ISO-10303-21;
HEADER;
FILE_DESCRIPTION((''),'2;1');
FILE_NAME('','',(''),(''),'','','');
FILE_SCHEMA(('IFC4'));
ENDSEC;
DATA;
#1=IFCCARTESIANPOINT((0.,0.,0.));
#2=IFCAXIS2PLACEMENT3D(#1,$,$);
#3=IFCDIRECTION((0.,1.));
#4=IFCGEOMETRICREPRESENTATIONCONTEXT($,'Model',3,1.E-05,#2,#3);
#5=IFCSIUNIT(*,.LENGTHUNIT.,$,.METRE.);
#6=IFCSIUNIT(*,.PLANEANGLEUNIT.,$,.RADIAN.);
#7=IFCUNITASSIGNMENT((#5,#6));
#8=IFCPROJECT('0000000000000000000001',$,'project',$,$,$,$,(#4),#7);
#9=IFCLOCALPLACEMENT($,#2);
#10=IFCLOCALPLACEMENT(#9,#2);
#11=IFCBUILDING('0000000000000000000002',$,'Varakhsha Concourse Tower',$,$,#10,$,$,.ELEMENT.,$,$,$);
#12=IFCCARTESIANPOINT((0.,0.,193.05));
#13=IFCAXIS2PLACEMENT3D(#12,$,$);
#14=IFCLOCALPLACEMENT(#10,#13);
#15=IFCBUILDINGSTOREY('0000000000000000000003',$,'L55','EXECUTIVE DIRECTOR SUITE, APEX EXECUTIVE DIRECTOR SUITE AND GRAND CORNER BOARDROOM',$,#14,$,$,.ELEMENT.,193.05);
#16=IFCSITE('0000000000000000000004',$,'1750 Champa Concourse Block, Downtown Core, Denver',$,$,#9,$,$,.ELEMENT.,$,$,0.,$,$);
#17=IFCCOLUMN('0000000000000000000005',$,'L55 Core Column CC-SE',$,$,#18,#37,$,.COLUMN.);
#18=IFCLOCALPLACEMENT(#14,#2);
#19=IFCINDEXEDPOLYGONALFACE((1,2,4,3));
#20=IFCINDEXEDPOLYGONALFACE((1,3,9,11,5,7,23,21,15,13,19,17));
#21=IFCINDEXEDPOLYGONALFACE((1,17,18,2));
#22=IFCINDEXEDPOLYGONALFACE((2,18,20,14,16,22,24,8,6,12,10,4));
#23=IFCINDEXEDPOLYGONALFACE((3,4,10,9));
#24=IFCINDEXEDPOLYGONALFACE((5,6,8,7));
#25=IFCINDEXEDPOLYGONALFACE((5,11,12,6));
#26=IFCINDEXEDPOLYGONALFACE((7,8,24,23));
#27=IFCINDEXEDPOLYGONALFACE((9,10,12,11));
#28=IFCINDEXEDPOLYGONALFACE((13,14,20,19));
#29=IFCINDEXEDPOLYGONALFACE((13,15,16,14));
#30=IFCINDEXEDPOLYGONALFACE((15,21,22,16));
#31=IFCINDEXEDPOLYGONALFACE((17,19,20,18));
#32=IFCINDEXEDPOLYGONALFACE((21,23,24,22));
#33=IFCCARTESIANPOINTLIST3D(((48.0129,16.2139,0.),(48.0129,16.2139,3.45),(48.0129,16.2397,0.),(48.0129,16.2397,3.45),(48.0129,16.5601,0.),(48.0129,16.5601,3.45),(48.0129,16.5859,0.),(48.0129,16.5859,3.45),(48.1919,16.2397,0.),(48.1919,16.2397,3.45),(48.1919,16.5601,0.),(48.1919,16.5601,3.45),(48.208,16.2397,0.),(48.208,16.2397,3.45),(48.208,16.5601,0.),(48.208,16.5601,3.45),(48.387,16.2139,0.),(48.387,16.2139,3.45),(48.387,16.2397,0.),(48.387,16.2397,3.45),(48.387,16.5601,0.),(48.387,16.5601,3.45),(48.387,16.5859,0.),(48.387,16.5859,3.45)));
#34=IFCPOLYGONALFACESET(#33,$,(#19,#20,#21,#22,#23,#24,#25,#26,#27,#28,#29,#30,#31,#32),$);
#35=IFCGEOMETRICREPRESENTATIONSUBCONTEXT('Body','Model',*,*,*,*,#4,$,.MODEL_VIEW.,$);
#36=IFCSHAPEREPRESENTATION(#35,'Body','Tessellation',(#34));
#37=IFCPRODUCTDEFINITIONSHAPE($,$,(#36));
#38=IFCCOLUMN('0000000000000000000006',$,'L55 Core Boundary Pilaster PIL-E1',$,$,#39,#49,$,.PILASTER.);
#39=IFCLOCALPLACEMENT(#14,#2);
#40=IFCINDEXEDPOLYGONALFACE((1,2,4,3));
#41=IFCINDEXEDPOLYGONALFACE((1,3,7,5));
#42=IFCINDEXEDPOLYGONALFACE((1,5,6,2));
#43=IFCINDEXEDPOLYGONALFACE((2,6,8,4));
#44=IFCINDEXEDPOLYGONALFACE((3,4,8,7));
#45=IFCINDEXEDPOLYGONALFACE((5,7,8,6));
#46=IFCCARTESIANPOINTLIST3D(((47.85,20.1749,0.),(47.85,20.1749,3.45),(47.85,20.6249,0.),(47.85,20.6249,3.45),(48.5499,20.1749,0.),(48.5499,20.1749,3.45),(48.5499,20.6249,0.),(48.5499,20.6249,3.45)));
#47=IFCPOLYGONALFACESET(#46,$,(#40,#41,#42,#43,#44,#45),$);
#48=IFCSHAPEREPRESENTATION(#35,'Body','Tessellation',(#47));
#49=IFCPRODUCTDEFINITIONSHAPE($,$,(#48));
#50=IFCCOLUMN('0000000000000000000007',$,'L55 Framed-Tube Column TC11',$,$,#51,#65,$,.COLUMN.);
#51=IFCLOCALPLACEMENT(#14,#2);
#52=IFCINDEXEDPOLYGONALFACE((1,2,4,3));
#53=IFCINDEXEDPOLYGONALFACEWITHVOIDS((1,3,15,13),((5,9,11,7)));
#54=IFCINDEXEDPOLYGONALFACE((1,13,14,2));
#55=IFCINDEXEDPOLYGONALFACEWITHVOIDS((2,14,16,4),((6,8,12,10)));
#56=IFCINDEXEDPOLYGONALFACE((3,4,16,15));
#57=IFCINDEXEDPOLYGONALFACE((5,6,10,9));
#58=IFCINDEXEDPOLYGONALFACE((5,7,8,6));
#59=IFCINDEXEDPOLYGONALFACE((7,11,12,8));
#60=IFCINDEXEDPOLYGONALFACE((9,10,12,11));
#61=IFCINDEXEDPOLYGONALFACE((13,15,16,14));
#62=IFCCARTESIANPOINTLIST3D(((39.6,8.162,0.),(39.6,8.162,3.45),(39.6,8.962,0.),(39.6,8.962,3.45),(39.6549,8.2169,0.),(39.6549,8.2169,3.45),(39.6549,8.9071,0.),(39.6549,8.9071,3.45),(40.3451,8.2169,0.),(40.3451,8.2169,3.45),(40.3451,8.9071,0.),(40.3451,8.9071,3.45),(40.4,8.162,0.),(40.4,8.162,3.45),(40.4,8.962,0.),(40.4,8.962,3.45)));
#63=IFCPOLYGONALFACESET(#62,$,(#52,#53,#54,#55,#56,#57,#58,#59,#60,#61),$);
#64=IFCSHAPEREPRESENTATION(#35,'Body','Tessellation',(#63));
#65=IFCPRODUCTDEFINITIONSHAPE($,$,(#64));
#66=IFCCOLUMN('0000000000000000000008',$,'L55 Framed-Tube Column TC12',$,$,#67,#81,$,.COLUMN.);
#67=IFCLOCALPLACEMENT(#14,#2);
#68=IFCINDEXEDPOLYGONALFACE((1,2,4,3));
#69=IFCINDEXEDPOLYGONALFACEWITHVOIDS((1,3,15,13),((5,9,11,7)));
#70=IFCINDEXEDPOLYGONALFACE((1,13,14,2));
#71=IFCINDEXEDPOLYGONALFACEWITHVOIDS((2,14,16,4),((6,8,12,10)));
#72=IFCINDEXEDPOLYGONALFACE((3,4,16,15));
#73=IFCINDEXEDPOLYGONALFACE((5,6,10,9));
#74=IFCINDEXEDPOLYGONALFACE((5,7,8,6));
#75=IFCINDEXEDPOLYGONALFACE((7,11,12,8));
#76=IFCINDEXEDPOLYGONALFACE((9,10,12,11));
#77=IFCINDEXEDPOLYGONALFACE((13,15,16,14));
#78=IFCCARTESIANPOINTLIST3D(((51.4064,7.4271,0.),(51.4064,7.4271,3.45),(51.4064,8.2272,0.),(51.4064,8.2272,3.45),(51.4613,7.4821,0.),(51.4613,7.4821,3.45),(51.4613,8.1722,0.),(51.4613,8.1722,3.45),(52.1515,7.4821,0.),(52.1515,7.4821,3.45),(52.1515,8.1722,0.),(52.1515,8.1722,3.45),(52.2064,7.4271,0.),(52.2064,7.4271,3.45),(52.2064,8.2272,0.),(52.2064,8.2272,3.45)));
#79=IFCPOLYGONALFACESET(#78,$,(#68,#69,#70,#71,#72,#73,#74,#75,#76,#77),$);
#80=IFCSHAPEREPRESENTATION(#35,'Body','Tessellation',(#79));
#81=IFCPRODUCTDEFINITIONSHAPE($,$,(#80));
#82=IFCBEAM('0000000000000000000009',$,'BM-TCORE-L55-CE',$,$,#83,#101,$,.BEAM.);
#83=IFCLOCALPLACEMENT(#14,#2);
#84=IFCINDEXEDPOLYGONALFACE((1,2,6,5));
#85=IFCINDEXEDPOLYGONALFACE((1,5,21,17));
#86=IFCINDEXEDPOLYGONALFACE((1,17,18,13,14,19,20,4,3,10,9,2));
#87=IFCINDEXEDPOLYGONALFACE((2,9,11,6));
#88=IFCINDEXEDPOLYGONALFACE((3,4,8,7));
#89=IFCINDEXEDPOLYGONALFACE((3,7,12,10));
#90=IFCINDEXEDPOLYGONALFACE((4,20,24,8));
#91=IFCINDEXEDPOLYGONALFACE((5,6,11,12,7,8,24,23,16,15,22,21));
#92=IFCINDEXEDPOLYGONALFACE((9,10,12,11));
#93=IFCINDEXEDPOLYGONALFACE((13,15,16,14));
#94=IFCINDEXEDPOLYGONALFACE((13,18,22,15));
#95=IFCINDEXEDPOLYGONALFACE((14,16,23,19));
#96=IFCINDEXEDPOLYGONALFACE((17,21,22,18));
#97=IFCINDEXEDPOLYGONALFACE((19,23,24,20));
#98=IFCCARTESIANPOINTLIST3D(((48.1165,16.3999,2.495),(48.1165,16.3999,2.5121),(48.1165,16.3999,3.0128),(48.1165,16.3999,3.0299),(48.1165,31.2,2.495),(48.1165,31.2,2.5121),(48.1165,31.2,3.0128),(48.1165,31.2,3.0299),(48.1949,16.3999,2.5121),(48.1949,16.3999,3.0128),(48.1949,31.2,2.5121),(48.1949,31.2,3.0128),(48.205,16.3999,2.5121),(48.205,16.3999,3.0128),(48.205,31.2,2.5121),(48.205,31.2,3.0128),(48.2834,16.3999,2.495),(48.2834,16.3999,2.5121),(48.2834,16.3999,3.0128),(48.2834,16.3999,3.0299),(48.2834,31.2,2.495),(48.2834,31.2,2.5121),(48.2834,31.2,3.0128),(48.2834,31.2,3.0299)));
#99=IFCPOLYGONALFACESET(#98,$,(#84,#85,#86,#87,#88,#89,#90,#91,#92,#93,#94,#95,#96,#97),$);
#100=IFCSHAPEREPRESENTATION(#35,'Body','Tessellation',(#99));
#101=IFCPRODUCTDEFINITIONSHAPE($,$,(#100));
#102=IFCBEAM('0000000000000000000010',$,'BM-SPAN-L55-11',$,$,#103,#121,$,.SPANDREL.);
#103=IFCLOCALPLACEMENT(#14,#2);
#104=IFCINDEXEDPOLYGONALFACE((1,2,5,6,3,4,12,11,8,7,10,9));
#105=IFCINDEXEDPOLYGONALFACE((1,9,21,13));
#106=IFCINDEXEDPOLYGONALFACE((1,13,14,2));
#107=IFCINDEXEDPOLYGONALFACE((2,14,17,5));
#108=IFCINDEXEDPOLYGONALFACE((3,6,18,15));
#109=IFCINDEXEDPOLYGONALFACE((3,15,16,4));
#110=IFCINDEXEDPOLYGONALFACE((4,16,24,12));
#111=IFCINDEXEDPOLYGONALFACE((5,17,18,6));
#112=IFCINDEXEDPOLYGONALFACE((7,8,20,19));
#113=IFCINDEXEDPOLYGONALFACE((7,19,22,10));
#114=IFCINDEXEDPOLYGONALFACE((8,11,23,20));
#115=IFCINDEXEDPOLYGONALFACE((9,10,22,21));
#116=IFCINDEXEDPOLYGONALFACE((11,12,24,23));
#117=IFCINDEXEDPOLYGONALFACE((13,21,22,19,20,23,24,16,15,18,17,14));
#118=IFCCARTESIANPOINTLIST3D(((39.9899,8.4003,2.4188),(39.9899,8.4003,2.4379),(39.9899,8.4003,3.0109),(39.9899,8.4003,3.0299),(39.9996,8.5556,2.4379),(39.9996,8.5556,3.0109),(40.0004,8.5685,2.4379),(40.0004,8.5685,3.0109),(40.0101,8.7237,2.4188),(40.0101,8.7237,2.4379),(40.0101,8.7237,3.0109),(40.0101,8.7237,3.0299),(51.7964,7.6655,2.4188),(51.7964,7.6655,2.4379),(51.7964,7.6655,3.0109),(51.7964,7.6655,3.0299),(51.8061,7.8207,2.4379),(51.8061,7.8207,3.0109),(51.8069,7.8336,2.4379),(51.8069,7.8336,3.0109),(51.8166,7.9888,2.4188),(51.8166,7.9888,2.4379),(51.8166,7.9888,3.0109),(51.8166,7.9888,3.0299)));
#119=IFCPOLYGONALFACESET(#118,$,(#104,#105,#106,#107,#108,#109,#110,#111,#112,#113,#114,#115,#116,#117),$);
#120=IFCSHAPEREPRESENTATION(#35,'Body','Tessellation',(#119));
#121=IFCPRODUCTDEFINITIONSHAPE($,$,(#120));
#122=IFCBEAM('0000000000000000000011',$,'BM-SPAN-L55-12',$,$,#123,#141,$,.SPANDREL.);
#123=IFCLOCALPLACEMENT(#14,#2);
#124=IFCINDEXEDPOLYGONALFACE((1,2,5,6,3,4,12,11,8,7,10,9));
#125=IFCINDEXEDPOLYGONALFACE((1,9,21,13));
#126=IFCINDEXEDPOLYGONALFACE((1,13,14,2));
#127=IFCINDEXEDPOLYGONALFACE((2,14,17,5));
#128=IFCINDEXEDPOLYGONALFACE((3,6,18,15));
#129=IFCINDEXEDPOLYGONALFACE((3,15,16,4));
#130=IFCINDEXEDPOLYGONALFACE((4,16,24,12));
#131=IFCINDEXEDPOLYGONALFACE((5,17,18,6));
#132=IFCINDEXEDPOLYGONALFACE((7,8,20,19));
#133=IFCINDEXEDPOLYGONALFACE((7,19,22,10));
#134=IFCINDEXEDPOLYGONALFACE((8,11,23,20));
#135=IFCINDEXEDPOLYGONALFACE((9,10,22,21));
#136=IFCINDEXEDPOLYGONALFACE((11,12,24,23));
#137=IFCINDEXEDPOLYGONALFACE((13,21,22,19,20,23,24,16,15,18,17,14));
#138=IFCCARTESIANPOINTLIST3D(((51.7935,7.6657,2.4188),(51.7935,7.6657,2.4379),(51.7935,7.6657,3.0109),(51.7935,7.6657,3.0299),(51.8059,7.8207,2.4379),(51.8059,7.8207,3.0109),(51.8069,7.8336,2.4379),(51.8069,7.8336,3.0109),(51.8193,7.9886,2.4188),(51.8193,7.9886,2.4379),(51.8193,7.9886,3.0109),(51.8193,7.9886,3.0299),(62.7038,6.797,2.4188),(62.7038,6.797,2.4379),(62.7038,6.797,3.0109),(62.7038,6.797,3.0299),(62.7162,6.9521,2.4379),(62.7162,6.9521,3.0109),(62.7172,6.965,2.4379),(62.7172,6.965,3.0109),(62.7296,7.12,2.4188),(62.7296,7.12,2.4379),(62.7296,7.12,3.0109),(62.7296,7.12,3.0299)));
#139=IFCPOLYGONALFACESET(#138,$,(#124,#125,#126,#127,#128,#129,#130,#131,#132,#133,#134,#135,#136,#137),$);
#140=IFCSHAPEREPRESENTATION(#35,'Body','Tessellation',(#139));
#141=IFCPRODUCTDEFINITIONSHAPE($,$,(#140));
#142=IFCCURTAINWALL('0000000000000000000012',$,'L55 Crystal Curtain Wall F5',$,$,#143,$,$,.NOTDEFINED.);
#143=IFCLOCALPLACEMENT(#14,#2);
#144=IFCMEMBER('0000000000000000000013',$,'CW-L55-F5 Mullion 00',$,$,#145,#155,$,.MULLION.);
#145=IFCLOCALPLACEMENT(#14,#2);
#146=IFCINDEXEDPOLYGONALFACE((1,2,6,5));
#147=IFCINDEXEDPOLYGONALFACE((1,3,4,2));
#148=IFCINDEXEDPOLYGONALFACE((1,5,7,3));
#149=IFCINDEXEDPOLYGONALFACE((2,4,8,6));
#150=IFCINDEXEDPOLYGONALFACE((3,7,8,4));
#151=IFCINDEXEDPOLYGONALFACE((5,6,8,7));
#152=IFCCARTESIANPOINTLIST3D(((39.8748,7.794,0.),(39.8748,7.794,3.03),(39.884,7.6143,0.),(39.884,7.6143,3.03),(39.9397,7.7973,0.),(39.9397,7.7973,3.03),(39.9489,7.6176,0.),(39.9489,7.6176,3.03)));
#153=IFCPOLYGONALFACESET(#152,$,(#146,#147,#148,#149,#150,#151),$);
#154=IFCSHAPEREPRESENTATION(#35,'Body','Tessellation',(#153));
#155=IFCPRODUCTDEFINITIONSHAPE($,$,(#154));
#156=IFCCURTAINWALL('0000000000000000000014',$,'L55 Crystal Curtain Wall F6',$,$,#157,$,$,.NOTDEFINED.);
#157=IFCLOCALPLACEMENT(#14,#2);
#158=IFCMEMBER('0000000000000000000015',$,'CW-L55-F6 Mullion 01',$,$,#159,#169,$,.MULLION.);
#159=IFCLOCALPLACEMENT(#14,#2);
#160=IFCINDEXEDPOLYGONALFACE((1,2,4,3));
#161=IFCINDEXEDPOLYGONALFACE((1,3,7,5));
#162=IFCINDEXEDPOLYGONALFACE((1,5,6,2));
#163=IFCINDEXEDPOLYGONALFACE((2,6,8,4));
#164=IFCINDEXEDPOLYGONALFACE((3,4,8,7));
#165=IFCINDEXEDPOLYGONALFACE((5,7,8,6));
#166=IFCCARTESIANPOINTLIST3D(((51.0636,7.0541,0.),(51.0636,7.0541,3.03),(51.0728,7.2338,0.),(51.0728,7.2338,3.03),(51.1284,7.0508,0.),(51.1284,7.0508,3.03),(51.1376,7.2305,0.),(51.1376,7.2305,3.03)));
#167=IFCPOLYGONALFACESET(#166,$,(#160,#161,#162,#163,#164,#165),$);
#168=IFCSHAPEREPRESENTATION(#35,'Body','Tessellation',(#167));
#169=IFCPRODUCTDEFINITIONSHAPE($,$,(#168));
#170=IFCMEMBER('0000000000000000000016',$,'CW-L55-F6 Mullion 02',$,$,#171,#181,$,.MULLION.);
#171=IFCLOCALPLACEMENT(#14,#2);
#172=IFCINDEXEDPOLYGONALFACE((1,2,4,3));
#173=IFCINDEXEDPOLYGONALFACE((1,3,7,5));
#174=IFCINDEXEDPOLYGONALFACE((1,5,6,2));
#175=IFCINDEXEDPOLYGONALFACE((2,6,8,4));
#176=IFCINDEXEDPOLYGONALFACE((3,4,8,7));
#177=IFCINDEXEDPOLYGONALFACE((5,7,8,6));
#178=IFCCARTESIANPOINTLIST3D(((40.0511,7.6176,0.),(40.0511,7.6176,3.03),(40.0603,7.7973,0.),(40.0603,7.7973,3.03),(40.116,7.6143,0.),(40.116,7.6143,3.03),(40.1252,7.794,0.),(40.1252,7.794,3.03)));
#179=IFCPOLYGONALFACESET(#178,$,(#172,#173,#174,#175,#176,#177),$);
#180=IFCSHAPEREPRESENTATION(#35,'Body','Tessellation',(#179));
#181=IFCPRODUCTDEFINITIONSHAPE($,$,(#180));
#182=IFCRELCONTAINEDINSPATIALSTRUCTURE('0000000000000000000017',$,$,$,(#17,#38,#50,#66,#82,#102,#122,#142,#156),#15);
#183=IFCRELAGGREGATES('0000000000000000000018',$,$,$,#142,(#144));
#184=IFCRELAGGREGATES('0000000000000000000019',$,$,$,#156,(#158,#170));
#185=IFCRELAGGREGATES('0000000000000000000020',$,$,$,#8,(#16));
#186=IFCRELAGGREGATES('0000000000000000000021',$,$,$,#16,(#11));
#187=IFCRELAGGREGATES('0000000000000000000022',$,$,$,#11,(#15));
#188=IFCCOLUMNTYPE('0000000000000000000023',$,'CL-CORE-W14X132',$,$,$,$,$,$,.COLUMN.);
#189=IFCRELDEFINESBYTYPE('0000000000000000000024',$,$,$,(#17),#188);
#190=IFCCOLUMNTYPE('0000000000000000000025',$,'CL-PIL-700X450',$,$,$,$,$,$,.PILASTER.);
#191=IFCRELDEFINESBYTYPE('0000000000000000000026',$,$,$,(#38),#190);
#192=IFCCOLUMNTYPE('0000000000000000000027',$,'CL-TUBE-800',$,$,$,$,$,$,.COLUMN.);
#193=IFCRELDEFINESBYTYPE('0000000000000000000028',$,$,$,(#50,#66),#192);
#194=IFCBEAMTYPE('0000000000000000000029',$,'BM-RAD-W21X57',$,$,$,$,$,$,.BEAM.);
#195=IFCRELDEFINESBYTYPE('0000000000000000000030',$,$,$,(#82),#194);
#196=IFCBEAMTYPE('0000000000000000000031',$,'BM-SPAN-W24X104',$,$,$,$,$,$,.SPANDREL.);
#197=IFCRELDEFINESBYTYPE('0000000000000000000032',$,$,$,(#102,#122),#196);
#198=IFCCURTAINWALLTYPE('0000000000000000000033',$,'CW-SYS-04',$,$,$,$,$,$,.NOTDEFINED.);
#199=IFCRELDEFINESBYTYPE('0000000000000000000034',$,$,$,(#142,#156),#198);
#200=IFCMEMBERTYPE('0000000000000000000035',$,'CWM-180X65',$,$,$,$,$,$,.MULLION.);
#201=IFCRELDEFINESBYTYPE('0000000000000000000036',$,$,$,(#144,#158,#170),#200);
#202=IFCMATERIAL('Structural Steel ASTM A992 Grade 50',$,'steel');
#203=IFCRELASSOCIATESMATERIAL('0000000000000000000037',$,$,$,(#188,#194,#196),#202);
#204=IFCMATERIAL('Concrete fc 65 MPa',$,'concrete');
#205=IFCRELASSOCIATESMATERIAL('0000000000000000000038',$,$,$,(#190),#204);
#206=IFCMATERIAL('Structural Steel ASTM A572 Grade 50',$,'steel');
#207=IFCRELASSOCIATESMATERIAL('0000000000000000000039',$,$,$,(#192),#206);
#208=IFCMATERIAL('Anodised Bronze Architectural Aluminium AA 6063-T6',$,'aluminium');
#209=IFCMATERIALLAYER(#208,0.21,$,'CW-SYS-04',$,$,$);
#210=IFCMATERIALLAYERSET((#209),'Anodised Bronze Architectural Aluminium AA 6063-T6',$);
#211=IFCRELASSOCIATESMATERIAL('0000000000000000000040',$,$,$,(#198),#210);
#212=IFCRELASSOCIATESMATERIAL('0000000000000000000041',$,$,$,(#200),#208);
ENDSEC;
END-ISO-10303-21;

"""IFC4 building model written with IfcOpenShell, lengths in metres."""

from ifc_helpers import new_model, si_unit, direction, frame, origin, origin_2d, place, context, subcontext, project, spatial, rectangle, hollow_rectangle, i_section, extrude, source, transform, mapped, material, layer, layer_set, material_profile, profile_set, type_object, type_shapes, element, aggregate, save


model = new_model("IFC4")

# Units and contexts
model_context = context("Model", 3, precision=1e-05, world=origin(), true_north=direction((0.0, 1.0)))
body_context = subcontext(model_context, "Body", "Model", "MODEL_VIEW")
ifc_project = project(units=[si_unit("LENGTHUNIT", "METRE"), si_unit("PLANEANGLEUNIT", "RADIAN")], contexts=[model_context])

# Site, building, storey
site_placement = place(None, origin())
site = spatial("IfcSite", under=ifc_project, at=site_placement, Name="1750 Champa Concourse Block, Downtown Core, Denver", CompositionType="ELEMENT", RefElevation=0.0)
building_placement = place(site_placement, origin())
building = spatial("IfcBuilding", under=site, at=building_placement, Name="Varakhsha Concourse Tower", CompositionType="ELEMENT")
storey_placement = place(building_placement, frame((0.0, 0.0, 193.05)))
storey = spatial("IfcBuildingStorey", under=building, at=storey_placement, Name="L55", Description="EXECUTIVE DIRECTOR SUITE, APEX EXECUTIVE DIRECTOR SUITE AND GRAND CORNER BOARDROOM", CompositionType="ELEMENT", Elevation=193.05)

# Columns
ifc_material_1 = material(Name="Structural Steel ASTM A992 Grade 50", Category="steel")
ifc_material_profile_1 = material_profile(ifc_material_1, i_section(OverallWidth=0.374, OverallDepth=0.3721, WebThickness=0.0161, FlangeThickness=0.0259, at=origin_2d()), Name="W14X132")
ifc_profile_set_1 = profile_set([ifc_material_profile_1], Name="Structural Steel ASTM A992 Grade 50")
column_type_1 = type_object("IfcColumnType", Name="CL-CORE-W14X132", PredefinedType="COLUMN", material=ifc_profile_set_1)
column_1_placement = place(storey_placement, frame((48.2, 16.3999, 0.0), z_axis=(0.0, 0.0, 1.0), x_axis=(1.0, 0.0, 0.0)))
element("IfcColumn", 1, at=column_1_placement, inside=storey, type_object=column_type_1, Name="L55 Core Column CC-SE", PredefinedType="COLUMN", context=body_context, shape_type="SweptSolid", body=[
    extrude(i_section(OverallWidth=0.374, OverallDepth=0.3721, WebThickness=0.0161, FlangeThickness=0.0259, at=origin_2d()), origin(), (0.0, 0.0, 1.0), 3.45),
])
ifc_material_2 = material(Name="Concrete fc 65 MPa", Category="concrete")
ifc_material_profile_2 = material_profile(ifc_material_2, rectangle(XDim=0.7, YDim=0.45, at=origin_2d()), Name="RC 700x450")
ifc_profile_set_2 = profile_set([ifc_material_profile_2], Name="Concrete fc 65 MPa")
column_type_2 = type_object("IfcColumnType", Name="CL-PIL-700X450", PredefinedType="PILASTER", material=ifc_profile_set_2)
column_2_placement = place(storey_placement, frame((48.2, 20.3999, 0.0), z_axis=(0.0, 0.0, 1.0), x_axis=(1.0, 0.0, 0.0)))
element("IfcColumn", 2, at=column_2_placement, inside=storey, type_object=column_type_2, Name="L55 Core Boundary Pilaster PIL-E1", PredefinedType="PILASTER", context=body_context, shape_type="SweptSolid", body=[
    extrude(rectangle(XDim=0.7, YDim=0.45, at=origin_2d()), origin(), (0.0, 0.0, 1.0), 3.45),
])
ifc_material_3 = material(Name="Structural Steel ASTM A572 Grade 50", Category="steel")
ifc_material_profile_3 = material_profile(ifc_material_3, hollow_rectangle(XDim=0.8, YDim=0.8, WallThickness=0.0549, at=origin_2d()), Name="BOX 800x800x55")
ifc_profile_set_3 = profile_set([ifc_material_profile_3], Name="Structural Steel ASTM A572 Grade 50")
column_type_3 = type_object("IfcColumnType", Name="CL-TUBE-800", PredefinedType="COLUMN", material=ifc_profile_set_3)
for number, where, z_axis, x_axis, name in (
    (3, (40.0, 8.562, 0.0), (0.0, 0.0, 1.0), (1.0, 0.0, 0.0), "L55 Framed-Tube Column TC11"),
    (4, (51.8064, 7.8271, 0.0), (0.0, 0.0, 1.0), (1.0, 0.0, 0.0), "L55 Framed-Tube Column TC12"),
):
    element("IfcColumn", number, at=place(storey_placement, frame(where, z_axis=z_axis, x_axis=x_axis)), inside=storey, type_object=column_type_3, Name=name, PredefinedType="COLUMN", context=body_context, shape_type="SweptSolid", body=[
        extrude(hollow_rectangle(XDim=0.8, YDim=0.8, WallThickness=0.0549, at=origin_2d()), origin(), (0.0, 0.0, 1.0), 3.45),
    ])

# Beams
ifc_material_profile_4 = material_profile(ifc_material_1, i_section(OverallWidth=0.167, OverallDepth=0.5349, WebThickness=0.01, FlangeThickness=0.0171, at=origin_2d()), Name="W21X57")
ifc_profile_set_4 = profile_set([ifc_material_profile_4], Name="Structural Steel ASTM A992 Grade 50")
beam_type_1 = type_object("IfcBeamType", Name="BM-RAD-W21X57", PredefinedType="BEAM", material=ifc_profile_set_4)
beam_1_placement = place(storey_placement, frame((48.2, 16.3999, 2.7625), z_axis=(0.0, 1.0, 0.0), x_axis=(-1.0, 0.0, 0.0)))
element("IfcBeam", 5, at=beam_1_placement, inside=storey, type_object=beam_type_1, Name="BM-TCORE-L55-CE", PredefinedType="BEAM", context=body_context, shape_type="SweptSolid", body=[
    extrude(i_section(OverallWidth=0.167, OverallDepth=0.5349, WebThickness=0.01, FlangeThickness=0.0171, at=origin_2d()), origin(), (0.0, 0.0, 1.0), 14.8),
])
ifc_material_profile_5 = material_profile(ifc_material_1, i_section(OverallWidth=0.324, OverallDepth=0.6111, WebThickness=0.0129, FlangeThickness=0.019, at=origin_2d()), Name="W24X104")
ifc_profile_set_5 = profile_set([ifc_material_profile_5], Name="Structural Steel ASTM A992 Grade 50")
beam_type_2 = type_object("IfcBeamType", Name="BM-SPAN-W24X104", PredefinedType="SPANDREL", material=ifc_profile_set_5)
beam_2_placement = place(storey_placement, frame((40.0, 8.562, 2.7244), z_axis=(0.998069, -0.062123, 0.0), x_axis=(0.062123, 0.998069, 0.0)))
element("IfcBeam", 6, at=beam_2_placement, inside=storey, type_object=beam_type_2, Name="BM-SPAN-L55-11", PredefinedType="SPANDREL", context=body_context, shape_type="SweptSolid", body=[
    extrude(i_section(OverallWidth=0.324, OverallDepth=0.6111, WebThickness=0.0129, FlangeThickness=0.019, at=origin_2d()), origin(), (0.0, 0.0, 1.0), 11.8293),
])
beam_3_placement = place(storey_placement, frame((51.8064, 7.8271, 2.7244), z_axis=(0.996846, -0.079366, 0.0), x_axis=(0.079366, 0.996846, 0.0)))
element("IfcBeam", 7, at=beam_3_placement, inside=storey, type_object=beam_type_2, Name="BM-SPAN-L55-12", PredefinedType="SPANDREL", context=body_context, shape_type="SweptSolid", body=[
    extrude(i_section(OverallWidth=0.324, OverallDepth=0.6111, WebThickness=0.0129, FlangeThickness=0.019, at=origin_2d()), origin(), (0.0, 0.0, 1.0), 10.9448),
])

# Curtain wall, member
ifc_material_4 = material(Name="Anodised Bronze Architectural Aluminium AA 6063-T6", Category="aluminium")
ifc_layer_1 = layer(ifc_material_4, 0.21, Name="CW-SYS-04")
ifc_layer_set_1 = layer_set([ifc_layer_1], Name="Anodised Bronze Architectural Aluminium AA 6063-T6")
curtain_wall_type = type_object("IfcCurtainWallType", Name="CW-SYS-04", PredefinedType="NOTDEFINED", material=ifc_layer_set_1)
curtain_wall_1_placement = place(storey_placement, origin())
curtain_wall_1 = element("IfcCurtainWall", 8, at=curtain_wall_1_placement, inside=storey, type_object=curtain_wall_type, Name="L55 Crystal Curtain Wall F5", PredefinedType="NOTDEFINED")
ifc_material_profile_6 = material_profile(ifc_material_4, rectangle(XDim=0.0649, YDim=0.1799, at=origin_2d()), Name="CWM-180X65")
ifc_profile_set_6 = profile_set([ifc_material_profile_6], Name="Anodised Bronze Architectural Aluminium AA 6063-T6")
member_type_1 = type_object("IfcMemberType", Name="CWM-180X65", PredefinedType="MULLION", material=ifc_profile_set_6)
shared_shape_1 = source(origin(), body_context, "Body", "SweptSolid", [
    extrude(rectangle(XDim=0.0649, YDim=0.1799, at=origin_2d()), origin(), (0.0, 0.0, 1.0), 3.03),
])
type_shapes(member_type_1, [shared_shape_1])
member_1_placement = place(storey_placement, frame((39.9119, 7.7058, 0.0), z_axis=(0.0, 0.0, 1.0), x_axis=(-0.998694, -0.051093, 0.0)))
member_1 = element("IfcMember", 9, at=member_1_placement, type_object=member_type_1, Name="CW-L55-F5 Mullion 00", PredefinedType="MULLION", context=body_context, shape_type="MappedRepresentation", body=[
    mapped(shared_shape_1, transform((0.0, 0.0, 0.0), scale=1.0)),
])

# Curtain wall, members
curtain_wall_2_placement = place(storey_placement, origin())
curtain_wall_2 = element("IfcCurtainWall", 10, at=curtain_wall_2_placement, inside=storey, type_object=curtain_wall_type, Name="L55 Crystal Curtain Wall F6", PredefinedType="NOTDEFINED")
member_2_placement = place(storey_placement, frame((51.1006, 7.1423, 0.0), z_axis=(0.0, 0.0, 1.0), x_axis=(-0.998694, 0.051093, 0.0)))
member_2 = element("IfcMember", 11, at=member_2_placement, type_object=member_type_1, Name="CW-L55-F6 Mullion 01", PredefinedType="MULLION", context=body_context, shape_type="MappedRepresentation", body=[
    mapped(shared_shape_1, transform((0.0, 0.0, 0.0), scale=1.0)),
])
member_3_placement = place(storey_placement, frame((40.0881, 7.7058, 0.0), z_axis=(0.0, 0.0, 1.0), x_axis=(-0.998694, 0.051093, 0.0)))
member_3 = element("IfcMember", 12, at=member_3_placement, type_object=member_type_1, Name="CW-L55-F6 Mullion 02", PredefinedType="MULLION", context=body_context, shape_type="MappedRepresentation", body=[
    mapped(shared_shape_1, transform((0.0, 0.0, 0.0), scale=1.0)),
])

aggregate(curtain_wall_1, [member_1])

aggregate(curtain_wall_2, [member_2, member_3])

save(model, "model.ifc")
